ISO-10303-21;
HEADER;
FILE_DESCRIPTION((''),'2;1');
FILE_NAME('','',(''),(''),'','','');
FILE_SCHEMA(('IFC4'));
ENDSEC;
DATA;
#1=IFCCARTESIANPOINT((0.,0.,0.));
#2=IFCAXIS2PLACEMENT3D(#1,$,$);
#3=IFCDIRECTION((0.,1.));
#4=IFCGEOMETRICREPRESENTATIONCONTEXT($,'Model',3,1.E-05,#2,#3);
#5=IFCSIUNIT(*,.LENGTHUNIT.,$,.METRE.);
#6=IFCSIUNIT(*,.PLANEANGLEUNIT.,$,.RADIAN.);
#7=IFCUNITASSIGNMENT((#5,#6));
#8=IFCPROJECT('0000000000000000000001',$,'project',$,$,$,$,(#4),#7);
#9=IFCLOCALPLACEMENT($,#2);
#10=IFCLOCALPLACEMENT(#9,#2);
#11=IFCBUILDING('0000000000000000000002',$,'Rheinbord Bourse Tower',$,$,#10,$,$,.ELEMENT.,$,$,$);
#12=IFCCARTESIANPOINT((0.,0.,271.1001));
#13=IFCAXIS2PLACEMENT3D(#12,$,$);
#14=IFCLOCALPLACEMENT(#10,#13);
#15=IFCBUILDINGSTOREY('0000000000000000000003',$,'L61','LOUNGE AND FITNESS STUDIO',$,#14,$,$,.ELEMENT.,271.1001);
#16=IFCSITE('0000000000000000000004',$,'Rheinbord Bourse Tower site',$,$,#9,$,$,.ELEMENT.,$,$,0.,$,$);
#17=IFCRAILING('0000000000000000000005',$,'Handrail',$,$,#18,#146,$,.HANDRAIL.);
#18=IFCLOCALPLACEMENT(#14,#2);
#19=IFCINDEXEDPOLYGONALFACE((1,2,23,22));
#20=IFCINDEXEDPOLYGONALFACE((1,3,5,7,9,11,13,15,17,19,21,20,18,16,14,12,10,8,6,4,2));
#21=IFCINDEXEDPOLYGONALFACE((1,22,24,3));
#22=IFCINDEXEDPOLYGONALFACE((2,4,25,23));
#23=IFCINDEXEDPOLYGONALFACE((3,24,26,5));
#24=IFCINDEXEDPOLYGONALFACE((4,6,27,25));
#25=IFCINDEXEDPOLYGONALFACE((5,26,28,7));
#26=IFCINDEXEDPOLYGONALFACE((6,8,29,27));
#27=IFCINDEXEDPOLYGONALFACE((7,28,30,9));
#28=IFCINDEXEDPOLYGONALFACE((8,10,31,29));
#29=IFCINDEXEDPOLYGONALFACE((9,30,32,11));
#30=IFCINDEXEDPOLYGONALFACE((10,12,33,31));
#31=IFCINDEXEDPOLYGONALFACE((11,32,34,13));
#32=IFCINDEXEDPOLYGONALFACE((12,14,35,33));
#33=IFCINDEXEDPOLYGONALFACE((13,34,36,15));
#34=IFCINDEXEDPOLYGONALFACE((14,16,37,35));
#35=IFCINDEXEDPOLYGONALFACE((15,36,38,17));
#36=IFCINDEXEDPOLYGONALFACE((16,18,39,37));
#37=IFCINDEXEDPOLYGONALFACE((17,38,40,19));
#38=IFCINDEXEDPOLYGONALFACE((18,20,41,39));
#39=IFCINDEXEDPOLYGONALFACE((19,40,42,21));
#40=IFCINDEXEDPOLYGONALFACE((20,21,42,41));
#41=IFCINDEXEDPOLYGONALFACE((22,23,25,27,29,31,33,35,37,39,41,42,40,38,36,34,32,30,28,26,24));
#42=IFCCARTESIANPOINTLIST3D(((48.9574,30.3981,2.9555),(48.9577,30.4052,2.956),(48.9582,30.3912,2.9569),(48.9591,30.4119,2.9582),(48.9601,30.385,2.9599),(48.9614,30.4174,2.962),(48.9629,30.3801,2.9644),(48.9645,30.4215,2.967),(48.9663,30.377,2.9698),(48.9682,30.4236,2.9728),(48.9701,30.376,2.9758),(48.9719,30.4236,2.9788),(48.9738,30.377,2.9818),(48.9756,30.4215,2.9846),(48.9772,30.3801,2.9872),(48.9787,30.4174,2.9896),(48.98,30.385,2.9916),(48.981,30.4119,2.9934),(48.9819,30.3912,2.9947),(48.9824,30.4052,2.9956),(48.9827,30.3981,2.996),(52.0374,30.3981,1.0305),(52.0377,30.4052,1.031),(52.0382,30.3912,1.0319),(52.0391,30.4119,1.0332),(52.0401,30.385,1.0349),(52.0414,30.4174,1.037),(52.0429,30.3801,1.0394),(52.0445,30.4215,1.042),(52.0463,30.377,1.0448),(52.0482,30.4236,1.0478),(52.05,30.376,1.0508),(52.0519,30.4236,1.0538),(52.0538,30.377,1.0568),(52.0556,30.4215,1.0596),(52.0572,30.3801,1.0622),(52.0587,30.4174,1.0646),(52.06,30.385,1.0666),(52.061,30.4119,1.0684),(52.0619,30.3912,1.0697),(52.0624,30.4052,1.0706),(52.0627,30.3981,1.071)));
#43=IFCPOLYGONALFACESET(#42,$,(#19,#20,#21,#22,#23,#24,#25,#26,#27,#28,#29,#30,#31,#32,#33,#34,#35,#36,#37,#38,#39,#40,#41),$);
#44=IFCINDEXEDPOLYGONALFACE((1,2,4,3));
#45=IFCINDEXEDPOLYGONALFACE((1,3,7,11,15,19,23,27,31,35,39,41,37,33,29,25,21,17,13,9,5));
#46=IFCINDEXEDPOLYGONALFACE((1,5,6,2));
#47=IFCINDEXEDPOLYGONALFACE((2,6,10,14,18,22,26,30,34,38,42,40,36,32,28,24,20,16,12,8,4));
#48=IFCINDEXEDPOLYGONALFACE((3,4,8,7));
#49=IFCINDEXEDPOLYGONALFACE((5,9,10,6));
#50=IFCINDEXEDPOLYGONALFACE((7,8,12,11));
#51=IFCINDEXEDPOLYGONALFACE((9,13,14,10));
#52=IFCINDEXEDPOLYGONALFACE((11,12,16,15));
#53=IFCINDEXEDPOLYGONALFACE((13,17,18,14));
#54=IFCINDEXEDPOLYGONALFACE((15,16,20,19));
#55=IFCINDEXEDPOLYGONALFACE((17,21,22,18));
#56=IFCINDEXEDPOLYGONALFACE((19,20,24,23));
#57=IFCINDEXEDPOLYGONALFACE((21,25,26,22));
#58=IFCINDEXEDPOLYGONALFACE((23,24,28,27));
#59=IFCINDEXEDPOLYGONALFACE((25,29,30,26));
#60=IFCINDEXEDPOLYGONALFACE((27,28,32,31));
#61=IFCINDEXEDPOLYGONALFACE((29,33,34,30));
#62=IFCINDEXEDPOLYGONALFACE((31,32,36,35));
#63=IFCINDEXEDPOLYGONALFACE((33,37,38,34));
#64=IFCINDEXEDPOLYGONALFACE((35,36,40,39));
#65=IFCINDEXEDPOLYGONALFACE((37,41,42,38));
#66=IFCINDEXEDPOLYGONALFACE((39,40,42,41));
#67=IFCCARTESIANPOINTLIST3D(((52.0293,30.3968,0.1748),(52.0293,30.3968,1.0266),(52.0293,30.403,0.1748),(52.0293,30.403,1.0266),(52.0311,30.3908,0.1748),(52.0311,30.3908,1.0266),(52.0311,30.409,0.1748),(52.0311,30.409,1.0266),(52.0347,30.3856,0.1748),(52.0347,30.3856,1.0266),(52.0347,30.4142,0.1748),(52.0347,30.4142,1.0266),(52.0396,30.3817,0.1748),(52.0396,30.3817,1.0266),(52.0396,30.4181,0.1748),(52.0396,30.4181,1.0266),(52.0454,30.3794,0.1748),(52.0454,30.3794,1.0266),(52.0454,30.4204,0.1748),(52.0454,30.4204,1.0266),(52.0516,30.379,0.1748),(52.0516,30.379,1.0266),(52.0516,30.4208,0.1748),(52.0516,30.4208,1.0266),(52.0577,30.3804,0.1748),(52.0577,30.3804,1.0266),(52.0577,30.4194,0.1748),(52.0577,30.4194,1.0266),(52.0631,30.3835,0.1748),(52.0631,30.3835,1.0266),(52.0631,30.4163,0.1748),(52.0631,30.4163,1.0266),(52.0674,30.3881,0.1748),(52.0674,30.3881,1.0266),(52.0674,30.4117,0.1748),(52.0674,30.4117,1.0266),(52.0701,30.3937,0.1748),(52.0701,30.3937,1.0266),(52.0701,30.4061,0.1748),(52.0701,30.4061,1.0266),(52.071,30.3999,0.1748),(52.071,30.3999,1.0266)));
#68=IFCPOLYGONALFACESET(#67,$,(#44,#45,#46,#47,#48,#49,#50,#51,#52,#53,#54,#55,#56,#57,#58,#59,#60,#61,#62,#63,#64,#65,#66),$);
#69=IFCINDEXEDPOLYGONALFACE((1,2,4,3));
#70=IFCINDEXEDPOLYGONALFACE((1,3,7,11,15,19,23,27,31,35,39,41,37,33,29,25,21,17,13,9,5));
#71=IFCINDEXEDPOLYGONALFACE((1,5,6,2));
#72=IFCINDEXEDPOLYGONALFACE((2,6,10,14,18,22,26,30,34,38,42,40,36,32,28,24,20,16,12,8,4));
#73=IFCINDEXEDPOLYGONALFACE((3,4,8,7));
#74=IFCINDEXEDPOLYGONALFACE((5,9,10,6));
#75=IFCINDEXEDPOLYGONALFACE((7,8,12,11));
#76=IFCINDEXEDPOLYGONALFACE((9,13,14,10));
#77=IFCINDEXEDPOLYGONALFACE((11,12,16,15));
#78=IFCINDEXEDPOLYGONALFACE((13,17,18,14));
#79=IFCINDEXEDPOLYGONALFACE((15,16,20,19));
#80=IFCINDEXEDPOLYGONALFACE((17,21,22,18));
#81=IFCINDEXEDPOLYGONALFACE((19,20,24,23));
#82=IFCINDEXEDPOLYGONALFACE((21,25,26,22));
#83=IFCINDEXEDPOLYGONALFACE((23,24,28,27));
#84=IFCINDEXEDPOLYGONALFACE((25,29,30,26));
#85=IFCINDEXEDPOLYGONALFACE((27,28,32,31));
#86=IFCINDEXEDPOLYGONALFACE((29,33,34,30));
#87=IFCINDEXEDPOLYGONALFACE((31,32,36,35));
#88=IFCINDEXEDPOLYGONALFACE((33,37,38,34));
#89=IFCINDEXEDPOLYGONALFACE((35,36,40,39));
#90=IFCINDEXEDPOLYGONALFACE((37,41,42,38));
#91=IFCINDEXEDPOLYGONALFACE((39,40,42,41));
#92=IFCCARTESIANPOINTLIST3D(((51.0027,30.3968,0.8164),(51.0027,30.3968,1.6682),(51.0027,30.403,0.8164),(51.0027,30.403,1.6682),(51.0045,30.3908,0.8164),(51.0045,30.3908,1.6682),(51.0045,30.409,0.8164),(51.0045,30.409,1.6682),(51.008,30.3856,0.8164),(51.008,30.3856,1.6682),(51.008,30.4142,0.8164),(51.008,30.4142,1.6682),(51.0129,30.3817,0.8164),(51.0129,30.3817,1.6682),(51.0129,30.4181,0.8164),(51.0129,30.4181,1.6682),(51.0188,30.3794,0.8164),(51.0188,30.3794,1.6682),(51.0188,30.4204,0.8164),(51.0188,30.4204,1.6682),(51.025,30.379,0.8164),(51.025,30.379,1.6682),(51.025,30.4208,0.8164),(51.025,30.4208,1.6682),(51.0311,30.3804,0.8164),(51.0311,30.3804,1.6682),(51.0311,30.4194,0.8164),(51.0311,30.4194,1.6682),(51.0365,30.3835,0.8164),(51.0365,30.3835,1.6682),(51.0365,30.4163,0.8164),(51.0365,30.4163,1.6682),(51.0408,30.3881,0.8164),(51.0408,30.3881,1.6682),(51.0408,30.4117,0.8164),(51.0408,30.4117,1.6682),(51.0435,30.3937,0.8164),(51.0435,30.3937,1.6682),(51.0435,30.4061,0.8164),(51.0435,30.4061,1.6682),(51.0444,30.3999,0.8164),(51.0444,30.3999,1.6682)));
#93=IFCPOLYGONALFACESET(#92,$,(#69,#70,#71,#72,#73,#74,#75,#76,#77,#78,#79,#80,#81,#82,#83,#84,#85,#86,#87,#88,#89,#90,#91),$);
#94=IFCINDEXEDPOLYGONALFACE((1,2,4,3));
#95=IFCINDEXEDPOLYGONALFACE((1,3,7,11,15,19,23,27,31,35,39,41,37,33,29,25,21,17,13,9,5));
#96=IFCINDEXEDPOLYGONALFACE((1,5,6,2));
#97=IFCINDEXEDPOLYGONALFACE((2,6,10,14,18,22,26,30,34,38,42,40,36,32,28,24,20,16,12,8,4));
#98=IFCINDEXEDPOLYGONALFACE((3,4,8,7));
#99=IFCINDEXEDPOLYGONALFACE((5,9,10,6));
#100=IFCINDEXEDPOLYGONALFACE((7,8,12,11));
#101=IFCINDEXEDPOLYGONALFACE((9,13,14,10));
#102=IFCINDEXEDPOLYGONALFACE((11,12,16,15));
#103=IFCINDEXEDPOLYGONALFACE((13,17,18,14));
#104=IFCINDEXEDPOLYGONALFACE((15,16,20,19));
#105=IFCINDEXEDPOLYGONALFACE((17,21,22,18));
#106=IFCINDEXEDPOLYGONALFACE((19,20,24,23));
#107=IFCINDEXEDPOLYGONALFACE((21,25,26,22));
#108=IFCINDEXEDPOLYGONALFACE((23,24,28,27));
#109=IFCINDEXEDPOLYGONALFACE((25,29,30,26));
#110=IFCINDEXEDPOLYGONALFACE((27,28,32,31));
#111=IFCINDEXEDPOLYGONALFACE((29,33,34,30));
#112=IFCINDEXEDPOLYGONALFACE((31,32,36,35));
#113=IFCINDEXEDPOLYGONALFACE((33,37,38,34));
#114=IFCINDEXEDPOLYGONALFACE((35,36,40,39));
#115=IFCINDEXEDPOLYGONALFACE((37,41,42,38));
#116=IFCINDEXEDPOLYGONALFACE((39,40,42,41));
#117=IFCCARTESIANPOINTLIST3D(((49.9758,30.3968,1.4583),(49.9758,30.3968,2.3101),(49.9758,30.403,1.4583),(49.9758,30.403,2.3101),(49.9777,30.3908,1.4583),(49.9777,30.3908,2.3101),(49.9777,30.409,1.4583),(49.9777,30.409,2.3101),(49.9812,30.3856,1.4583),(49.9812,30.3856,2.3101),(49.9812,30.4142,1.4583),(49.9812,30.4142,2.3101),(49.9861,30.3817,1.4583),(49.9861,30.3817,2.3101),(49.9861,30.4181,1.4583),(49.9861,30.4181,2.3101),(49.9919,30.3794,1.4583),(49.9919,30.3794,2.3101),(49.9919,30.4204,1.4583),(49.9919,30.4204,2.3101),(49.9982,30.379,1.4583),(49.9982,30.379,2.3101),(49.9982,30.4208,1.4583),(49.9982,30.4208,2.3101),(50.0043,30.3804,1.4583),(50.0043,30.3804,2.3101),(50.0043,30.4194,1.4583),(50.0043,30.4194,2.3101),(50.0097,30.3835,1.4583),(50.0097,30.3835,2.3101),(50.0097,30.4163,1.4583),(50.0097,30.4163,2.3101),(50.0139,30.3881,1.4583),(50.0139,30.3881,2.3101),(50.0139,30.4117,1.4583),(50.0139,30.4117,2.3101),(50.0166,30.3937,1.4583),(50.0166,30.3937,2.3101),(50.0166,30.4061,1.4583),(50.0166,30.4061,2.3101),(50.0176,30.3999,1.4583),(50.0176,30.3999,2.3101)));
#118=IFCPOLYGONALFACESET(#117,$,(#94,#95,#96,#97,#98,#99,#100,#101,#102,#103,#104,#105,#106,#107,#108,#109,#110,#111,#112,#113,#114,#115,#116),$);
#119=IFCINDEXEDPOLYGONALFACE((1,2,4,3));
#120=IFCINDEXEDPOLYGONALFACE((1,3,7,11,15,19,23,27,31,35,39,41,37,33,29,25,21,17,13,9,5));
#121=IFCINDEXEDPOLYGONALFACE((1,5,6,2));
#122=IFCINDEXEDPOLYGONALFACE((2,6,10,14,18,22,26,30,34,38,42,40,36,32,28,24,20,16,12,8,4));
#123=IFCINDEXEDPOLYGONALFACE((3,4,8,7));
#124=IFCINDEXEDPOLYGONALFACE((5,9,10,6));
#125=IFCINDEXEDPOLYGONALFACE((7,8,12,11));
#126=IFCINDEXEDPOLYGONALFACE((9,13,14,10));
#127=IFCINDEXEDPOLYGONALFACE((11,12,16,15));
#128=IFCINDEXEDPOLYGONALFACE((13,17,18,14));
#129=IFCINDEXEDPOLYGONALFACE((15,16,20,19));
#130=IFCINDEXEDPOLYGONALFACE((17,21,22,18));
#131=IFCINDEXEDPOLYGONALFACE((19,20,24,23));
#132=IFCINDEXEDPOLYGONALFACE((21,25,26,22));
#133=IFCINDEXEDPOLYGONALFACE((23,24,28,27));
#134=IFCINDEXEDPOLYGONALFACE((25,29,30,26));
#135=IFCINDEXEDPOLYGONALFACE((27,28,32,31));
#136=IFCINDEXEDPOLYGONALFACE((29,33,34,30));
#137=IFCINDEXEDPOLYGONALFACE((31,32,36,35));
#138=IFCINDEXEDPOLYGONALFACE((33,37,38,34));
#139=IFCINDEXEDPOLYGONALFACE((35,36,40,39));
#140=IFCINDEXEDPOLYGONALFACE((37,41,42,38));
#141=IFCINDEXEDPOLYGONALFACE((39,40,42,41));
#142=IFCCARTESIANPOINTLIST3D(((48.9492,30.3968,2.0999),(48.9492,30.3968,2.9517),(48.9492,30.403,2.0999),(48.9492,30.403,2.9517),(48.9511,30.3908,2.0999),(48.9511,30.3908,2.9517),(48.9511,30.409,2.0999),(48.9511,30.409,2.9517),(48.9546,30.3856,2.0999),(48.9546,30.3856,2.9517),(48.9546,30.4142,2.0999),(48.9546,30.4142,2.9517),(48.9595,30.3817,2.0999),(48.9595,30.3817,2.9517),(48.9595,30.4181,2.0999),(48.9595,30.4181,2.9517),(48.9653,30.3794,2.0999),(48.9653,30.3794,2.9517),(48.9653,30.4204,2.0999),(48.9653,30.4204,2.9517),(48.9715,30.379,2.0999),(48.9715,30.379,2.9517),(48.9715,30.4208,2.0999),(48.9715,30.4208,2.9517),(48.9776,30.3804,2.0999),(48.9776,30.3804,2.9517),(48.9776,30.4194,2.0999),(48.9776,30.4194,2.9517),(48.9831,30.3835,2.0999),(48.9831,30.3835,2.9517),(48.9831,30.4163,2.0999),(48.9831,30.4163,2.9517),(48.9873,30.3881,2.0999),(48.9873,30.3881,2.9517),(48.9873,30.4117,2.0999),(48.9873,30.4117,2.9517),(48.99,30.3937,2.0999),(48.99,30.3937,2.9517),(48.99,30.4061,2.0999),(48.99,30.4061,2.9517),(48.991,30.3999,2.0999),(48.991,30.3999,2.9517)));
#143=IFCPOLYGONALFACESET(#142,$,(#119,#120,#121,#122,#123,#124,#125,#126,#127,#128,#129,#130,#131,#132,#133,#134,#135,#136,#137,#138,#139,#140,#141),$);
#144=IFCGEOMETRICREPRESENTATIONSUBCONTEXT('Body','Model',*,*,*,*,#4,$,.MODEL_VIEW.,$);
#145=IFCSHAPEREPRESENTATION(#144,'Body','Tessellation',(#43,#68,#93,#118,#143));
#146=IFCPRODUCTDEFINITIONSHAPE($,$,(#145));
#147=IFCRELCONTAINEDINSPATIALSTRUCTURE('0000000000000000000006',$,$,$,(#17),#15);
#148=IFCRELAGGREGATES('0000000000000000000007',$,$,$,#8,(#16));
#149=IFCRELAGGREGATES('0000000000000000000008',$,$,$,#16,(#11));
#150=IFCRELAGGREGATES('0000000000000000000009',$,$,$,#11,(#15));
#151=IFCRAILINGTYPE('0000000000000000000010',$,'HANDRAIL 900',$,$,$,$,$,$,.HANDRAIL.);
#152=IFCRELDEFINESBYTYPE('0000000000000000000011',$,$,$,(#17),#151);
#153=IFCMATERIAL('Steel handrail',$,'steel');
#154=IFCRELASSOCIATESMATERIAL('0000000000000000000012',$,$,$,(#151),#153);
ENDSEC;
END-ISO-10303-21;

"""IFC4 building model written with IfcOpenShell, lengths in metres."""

from ifc_helpers import new_model, si_unit, direction, frame, origin, origin_2d, place, context, subcontext, project, spatial, circle, extrude, material, type_object, element, save


model = new_model("IFC4")

# Units and contexts
model_context = context("Model", 3, precision=1e-05, world=origin(), true_north=direction((0.0, 1.0)))
body_context = subcontext(model_context, "Body", "Model", "MODEL_VIEW")
ifc_project = project(units=[si_unit("LENGTHUNIT", "METRE"), si_unit("PLANEANGLEUNIT", "RADIAN")], contexts=[model_context])

# Site, building, storey
site_placement = place(None, origin())
site = spatial("IfcSite", under=ifc_project, at=site_placement, Name="Rheinbord Bourse Tower site", CompositionType="ELEMENT", RefElevation=0.0)
building_placement = place(site_placement, origin())
building = spatial("IfcBuilding", under=site, at=building_placement, Name="Rheinbord Bourse Tower", CompositionType="ELEMENT")
storey_placement = place(building_placement, frame((0.0, 0.0, 271.1001)))
storey = spatial("IfcBuildingStorey", under=building, at=storey_placement, Name="L61", Description="LOUNGE AND FITNESS STUDIO", CompositionType="ELEMENT", Elevation=271.1001)

# Railing
ifc_material_1 = material(Name="Steel handrail", Category="steel")
railing_type = type_object("IfcRailingType", Name="HANDRAIL 900", PredefinedType="HANDRAIL", material=ifc_material_1)
railing_1_placement = place(storey_placement, frame((52.05, 30.3999, 0.1748)))
element("IfcRailing", 1, at=railing_1_placement, inside=storey, type_object=railing_type, Name="Handrail", PredefinedType="HANDRAIL", context=body_context, shape_type="SweptSolid", body=[
    extrude(circle(Radius=0.0239, at=origin_2d()), frame((0.0, 0.0, 0.876), z_axis=(-0.847998, 0.0, 0.529999), x_axis=(0.0, -1.0, 0.0)), (0.0, 0.0, 1.0), 3.6321),
    extrude(circle(Radius=0.021, at=origin_2d()), origin(), (0.0, 0.0, 1.0), 0.8518),
    extrude(circle(Radius=0.021, at=origin_2d()), frame((-1.0266, 0.0, 0.6416)), (0.0, 0.0, 1.0), 0.8518),
    extrude(circle(Radius=0.021, at=origin_2d()), frame((-2.0535, 0.0, 1.2834)), (0.0, 0.0, 1.0), 0.8518),
    extrude(circle(Radius=0.021, at=origin_2d()), frame((-3.0801, 0.0, 1.925)), (0.0, 0.0, 1.0), 0.8518),
])

save(model, "model.ifc")
